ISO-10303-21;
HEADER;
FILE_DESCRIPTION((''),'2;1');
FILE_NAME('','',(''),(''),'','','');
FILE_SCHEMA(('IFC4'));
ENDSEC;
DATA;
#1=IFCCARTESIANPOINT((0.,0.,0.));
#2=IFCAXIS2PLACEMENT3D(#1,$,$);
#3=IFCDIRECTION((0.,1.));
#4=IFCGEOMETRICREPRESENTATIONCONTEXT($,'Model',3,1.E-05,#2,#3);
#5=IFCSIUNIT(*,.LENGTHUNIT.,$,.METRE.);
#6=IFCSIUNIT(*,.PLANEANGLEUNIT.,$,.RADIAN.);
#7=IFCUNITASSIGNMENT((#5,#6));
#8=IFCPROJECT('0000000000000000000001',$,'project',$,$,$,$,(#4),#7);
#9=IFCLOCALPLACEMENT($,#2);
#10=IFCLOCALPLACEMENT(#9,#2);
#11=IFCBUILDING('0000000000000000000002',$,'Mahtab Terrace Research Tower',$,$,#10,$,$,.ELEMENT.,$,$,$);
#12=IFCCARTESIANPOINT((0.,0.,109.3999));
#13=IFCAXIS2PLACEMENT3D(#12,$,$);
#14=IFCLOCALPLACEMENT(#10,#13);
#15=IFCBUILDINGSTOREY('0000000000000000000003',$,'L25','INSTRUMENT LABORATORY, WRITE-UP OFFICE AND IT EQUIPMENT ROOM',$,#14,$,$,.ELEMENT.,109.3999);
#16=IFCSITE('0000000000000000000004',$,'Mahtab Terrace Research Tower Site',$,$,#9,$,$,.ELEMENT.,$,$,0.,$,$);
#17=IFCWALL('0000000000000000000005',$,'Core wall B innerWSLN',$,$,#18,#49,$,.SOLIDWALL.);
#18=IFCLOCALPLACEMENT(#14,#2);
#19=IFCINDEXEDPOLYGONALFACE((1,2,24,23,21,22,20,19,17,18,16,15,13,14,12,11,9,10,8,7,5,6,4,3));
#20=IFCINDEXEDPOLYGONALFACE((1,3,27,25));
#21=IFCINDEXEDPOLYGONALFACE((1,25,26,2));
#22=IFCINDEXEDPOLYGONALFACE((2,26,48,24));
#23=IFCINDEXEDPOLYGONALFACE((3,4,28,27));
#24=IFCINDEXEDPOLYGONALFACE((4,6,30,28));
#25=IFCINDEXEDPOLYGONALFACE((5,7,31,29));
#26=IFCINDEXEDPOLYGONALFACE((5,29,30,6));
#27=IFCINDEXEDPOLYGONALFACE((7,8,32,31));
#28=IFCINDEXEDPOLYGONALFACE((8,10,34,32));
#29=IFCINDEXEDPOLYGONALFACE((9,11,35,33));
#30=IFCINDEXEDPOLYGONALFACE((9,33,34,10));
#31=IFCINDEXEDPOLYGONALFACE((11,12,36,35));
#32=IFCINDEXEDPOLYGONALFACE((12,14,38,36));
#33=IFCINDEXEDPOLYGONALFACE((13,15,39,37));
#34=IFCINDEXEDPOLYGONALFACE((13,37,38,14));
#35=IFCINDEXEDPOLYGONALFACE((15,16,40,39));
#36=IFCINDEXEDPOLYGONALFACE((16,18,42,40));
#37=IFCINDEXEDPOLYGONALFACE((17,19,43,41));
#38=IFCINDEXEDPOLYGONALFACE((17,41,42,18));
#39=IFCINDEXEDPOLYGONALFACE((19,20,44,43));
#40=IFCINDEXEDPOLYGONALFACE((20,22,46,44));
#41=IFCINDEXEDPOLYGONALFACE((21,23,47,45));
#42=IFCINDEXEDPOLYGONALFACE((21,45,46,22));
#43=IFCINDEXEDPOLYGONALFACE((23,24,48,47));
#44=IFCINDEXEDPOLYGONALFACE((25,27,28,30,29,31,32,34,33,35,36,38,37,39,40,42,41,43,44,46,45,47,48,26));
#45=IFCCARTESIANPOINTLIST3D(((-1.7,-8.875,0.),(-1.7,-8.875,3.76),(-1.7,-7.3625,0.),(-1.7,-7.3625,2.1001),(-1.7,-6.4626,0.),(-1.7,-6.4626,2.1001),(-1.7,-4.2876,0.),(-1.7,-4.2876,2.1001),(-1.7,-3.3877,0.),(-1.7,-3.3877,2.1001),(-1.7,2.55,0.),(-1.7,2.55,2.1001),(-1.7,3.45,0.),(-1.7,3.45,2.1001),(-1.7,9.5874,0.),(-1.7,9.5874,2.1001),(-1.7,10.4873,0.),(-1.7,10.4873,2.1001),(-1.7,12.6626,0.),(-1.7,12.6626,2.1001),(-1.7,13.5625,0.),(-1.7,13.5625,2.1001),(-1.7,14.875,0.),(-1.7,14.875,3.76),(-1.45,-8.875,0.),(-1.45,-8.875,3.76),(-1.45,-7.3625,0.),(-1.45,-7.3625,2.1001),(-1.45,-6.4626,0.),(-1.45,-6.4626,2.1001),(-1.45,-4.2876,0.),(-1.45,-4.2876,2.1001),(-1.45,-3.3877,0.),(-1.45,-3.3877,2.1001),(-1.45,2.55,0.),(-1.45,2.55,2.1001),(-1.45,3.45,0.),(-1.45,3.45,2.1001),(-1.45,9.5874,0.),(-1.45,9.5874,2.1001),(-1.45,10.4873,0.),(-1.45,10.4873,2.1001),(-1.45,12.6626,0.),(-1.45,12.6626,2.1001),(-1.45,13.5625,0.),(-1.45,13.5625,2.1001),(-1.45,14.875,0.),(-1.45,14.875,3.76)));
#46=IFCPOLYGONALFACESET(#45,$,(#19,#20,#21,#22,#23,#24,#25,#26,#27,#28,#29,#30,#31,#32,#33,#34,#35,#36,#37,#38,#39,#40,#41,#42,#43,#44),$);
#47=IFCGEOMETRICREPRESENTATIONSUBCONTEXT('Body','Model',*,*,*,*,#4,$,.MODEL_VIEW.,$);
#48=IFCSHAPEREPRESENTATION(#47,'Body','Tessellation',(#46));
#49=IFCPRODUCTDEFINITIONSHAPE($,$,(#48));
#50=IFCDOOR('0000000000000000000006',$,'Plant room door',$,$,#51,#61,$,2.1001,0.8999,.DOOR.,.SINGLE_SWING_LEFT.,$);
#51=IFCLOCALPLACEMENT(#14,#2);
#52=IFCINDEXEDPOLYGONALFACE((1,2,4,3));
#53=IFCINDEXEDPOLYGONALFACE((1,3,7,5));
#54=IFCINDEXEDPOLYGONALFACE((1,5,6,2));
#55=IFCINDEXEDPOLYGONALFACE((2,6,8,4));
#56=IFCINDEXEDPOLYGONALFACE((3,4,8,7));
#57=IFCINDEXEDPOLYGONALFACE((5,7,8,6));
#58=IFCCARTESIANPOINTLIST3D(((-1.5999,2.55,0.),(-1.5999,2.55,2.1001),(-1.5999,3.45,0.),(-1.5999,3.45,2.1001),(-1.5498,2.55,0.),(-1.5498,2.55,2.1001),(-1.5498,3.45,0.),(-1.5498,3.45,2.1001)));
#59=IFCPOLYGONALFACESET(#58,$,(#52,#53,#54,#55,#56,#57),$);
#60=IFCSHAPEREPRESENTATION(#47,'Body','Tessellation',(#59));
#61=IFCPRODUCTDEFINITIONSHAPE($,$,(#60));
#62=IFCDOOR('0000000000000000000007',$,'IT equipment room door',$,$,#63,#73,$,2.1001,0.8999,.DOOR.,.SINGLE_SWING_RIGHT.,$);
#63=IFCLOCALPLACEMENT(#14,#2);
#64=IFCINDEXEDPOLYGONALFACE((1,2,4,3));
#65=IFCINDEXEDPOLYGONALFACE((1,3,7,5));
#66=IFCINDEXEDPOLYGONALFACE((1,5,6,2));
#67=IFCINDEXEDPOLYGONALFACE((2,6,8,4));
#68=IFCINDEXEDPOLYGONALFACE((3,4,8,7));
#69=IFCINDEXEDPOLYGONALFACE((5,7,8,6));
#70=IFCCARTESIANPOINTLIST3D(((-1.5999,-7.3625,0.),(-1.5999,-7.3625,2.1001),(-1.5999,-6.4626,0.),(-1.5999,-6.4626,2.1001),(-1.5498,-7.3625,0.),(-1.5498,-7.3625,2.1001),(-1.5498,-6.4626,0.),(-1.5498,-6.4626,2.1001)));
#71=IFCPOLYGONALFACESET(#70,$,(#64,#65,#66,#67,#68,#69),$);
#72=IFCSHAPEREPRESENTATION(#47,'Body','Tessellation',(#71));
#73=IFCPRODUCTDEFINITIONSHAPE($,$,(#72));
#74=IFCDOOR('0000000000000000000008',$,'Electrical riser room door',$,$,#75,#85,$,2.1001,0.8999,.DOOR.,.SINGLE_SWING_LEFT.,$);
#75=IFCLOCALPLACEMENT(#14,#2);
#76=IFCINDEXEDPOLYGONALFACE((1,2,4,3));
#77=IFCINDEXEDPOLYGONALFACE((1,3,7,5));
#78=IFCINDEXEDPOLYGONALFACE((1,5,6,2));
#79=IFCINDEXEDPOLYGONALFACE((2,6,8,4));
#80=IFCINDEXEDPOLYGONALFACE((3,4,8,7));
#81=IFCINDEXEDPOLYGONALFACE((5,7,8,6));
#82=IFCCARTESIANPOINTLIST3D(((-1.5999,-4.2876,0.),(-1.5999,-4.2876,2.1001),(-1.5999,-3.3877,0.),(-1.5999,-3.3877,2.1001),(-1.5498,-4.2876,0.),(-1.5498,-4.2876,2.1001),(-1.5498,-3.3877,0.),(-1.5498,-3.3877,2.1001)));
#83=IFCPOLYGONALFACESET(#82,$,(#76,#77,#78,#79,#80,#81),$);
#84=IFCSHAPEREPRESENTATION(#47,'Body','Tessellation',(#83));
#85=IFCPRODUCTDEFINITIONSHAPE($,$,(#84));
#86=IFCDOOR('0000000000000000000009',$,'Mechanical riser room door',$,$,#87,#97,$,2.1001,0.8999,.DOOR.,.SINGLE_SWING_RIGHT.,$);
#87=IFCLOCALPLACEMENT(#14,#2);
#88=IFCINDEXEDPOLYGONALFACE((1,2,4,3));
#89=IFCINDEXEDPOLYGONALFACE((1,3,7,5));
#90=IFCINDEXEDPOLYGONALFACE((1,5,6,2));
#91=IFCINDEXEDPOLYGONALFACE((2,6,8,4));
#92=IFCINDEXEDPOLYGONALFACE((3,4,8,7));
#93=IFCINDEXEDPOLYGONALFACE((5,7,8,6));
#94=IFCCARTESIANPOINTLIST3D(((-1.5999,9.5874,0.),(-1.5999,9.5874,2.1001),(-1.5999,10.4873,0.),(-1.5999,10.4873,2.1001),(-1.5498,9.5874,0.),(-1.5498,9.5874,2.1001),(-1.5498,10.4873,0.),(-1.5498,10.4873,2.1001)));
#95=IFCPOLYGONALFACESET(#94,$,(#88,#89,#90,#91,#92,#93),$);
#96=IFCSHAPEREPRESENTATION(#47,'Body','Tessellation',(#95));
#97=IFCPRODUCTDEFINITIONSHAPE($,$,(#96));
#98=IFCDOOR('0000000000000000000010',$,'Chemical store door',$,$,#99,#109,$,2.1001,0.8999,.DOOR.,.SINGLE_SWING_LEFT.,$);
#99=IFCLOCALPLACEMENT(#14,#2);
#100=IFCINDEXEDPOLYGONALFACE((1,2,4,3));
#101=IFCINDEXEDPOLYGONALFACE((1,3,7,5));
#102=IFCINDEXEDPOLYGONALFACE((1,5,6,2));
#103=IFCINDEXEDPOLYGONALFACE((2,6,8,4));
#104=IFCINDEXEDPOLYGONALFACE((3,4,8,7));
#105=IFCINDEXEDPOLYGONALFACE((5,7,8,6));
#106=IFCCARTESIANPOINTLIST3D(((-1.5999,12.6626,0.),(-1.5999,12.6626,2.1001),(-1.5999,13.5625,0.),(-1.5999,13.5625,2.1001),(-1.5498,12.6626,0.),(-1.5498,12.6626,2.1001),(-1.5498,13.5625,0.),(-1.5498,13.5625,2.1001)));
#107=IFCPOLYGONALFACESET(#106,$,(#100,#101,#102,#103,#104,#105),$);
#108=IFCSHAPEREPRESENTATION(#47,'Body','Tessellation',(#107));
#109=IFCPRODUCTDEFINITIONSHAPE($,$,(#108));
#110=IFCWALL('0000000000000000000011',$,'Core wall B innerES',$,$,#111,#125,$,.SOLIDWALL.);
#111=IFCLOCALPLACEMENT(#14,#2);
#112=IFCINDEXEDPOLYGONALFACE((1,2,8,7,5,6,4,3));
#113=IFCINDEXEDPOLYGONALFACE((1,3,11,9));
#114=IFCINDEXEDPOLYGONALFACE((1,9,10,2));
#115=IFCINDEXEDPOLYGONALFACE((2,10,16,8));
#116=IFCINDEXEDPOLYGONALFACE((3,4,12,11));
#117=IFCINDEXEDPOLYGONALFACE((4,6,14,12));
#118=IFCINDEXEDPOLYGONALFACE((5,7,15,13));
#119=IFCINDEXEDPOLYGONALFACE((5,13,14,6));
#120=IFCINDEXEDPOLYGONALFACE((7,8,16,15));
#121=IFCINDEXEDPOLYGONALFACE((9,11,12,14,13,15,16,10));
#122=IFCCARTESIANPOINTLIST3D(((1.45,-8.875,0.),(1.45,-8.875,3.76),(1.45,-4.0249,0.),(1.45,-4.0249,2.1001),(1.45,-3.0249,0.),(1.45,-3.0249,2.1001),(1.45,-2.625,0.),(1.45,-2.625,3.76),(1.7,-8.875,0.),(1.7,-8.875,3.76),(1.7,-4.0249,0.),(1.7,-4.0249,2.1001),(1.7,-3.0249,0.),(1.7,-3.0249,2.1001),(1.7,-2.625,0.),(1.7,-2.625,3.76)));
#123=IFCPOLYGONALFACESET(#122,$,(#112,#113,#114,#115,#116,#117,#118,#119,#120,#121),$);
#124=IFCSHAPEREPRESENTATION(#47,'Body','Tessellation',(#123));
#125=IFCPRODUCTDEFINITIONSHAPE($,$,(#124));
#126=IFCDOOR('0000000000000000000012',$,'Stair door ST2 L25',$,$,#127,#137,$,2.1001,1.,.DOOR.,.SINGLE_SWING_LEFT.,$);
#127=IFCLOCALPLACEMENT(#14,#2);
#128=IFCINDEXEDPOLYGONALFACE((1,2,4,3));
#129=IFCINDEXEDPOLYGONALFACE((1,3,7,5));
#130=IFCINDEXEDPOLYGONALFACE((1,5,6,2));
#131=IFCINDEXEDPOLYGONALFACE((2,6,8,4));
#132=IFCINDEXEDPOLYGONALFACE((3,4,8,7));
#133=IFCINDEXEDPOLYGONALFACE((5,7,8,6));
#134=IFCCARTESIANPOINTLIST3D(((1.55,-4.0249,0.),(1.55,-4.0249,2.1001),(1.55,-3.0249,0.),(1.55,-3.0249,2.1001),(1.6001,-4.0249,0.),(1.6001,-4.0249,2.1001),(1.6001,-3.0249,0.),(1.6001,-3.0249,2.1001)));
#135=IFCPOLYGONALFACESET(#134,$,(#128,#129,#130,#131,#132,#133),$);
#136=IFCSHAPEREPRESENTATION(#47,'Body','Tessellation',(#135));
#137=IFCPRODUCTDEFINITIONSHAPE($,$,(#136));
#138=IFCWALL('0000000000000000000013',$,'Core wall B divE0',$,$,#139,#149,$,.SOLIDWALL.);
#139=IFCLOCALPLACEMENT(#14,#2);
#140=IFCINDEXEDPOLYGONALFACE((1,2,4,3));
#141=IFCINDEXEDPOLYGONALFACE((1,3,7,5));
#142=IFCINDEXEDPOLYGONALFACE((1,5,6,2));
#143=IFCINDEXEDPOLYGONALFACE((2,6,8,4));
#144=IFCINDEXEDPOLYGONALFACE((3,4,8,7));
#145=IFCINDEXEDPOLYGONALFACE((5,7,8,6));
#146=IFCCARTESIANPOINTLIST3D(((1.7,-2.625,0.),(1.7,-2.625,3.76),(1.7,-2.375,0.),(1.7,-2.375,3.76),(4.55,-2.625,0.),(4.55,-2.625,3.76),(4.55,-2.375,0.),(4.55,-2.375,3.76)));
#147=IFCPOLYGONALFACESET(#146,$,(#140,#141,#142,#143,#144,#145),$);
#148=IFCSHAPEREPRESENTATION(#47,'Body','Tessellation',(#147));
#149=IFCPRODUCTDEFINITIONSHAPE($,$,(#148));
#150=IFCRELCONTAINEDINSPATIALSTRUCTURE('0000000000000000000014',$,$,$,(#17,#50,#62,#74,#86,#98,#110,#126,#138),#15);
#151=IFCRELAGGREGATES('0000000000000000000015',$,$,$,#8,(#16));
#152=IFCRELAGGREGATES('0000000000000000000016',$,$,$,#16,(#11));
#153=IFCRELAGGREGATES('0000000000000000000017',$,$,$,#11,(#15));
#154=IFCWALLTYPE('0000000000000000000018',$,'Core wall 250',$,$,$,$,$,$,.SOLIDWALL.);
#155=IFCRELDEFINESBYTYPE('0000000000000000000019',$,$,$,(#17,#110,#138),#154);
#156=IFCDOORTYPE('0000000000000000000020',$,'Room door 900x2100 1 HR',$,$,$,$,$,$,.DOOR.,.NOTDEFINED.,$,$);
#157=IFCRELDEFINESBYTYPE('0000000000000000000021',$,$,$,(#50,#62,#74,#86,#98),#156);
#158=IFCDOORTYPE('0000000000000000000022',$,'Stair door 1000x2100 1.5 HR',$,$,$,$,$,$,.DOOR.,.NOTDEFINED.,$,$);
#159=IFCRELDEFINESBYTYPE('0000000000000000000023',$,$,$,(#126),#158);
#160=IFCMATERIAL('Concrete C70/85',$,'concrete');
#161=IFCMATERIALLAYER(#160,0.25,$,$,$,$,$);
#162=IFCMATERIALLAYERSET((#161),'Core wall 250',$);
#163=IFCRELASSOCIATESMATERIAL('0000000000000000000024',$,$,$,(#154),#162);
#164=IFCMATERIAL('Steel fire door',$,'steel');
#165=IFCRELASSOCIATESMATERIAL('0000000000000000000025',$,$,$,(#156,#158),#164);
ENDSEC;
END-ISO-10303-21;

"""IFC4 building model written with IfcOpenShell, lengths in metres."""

from ifc_helpers import new_model, si_unit, direction, frame, frame_2d, origin, place, context, subcontext, project, spatial, rectangle, extrude, material, layer, layer_set, type_object, element, fill, save


model = new_model("IFC4")

# Units and contexts
model_context = context("Model", 3, precision=1e-05, world=origin(), true_north=direction((0.0, 1.0)))
body_context = subcontext(model_context, "Body", "Model", "MODEL_VIEW")
ifc_project = project(units=[si_unit("LENGTHUNIT", "METRE"), si_unit("PLANEANGLEUNIT", "RADIAN")], contexts=[model_context])

# Site, building, storey
site_placement = place(None, origin())
site = spatial("IfcSite", under=ifc_project, at=site_placement, Name="Mahtab Terrace Research Tower Site", CompositionType="ELEMENT", RefElevation=0.0)
building_placement = place(site_placement, origin())
building = spatial("IfcBuilding", under=site, at=building_placement, Name="Mahtab Terrace Research Tower", CompositionType="ELEMENT")
storey_placement = place(building_placement, frame((0.0, 0.0, 109.3999)))
storey = spatial("IfcBuildingStorey", under=building, at=storey_placement, Name="L25", Description="INSTRUMENT LABORATORY, WRITE-UP OFFICE AND IT EQUIPMENT ROOM", CompositionType="ELEMENT", Elevation=109.3999)

# Wall, openings, doors
ifc_material_1 = material(Name="Concrete C70/85", Category="concrete")
ifc_layer_1 = layer(ifc_material_1, 0.25)
ifc_layer_set_1 = layer_set([ifc_layer_1], Name="Core wall 250")
wall_type = type_object("IfcWallType", Name="Core wall 250", PredefinedType="SOLIDWALL", material=ifc_layer_set_1)
wall_1_placement = place(storey_placement, frame((-1.575, -8.875, 0.0), z_axis=(0.0, 0.0, 1.0), x_axis=(0.0, 1.0, 0.0)))
wall_1 = element("IfcWall", 1, at=wall_1_placement, inside=storey, type_object=wall_type, Name="Core wall B innerWSLN", PredefinedType="SOLIDWALL", context=body_context, shape_type="SweptSolid", body=[
    extrude(rectangle(XDim=23.75, YDim=0.25, at=frame_2d((11.875, 0.0))), origin(), (0.0, 0.0, 1.0), 3.76),
])
opening_1_placement = place(wall_1_placement, frame((11.425, 0.0, 0.0)))
opening_1 = element("IfcOpeningElement", 2, at=opening_1_placement, cuts=wall_1, PredefinedType="OPENING", context=body_context, shape_type="SweptSolid", body=[
    extrude(rectangle(XDim=0.8999, YDim=2.1001, at=frame_2d((0.45, 1.05))), frame((0.0, 0.135, 0.0), z_axis=(0.0, -1.0, 0.0), x_axis=(1.0, 0.0, 0.0)), (0.0, 0.0, 1.0), 0.27),
])
opening_2_placement = place(wall_1_placement, frame((1.5125, 0.0, 0.0)))
opening_2 = element("IfcOpeningElement", 3, at=opening_2_placement, cuts=wall_1, PredefinedType="OPENING", context=body_context, shape_type="SweptSolid", body=[
    extrude(rectangle(XDim=0.8999, YDim=2.1001, at=frame_2d((0.45, 1.05))), frame((0.0, 0.135, 0.0), z_axis=(0.0, -1.0, 0.0), x_axis=(1.0, 0.0, 0.0)), (0.0, 0.0, 1.0), 0.27),
])
opening_3_placement = place(wall_1_placement, frame((4.5874, 0.0, 0.0)))
opening_3 = element("IfcOpeningElement", 4, at=opening_3_placement, cuts=wall_1, PredefinedType="OPENING", context=body_context, shape_type="SweptSolid", body=[
    extrude(rectangle(XDim=0.8999, YDim=2.1001, at=frame_2d((0.45, 1.05))), frame((0.0, 0.135, 0.0), z_axis=(0.0, -1.0, 0.0), x_axis=(1.0, 0.0, 0.0)), (0.0, 0.0, 1.0), 0.27),
])
opening_4_placement = place(wall_1_placement, frame((18.4624, 0.0, 0.0)))
opening_4 = element("IfcOpeningElement", 5, at=opening_4_placement, cuts=wall_1, PredefinedType="OPENING", context=body_context, shape_type="SweptSolid", body=[
    extrude(rectangle(XDim=0.8999, YDim=2.1001, at=frame_2d((0.45, 1.05))), frame((0.0, 0.135, 0.0), z_axis=(0.0, -1.0, 0.0), x_axis=(1.0, 0.0, 0.0)), (0.0, 0.0, 1.0), 0.27),
])
opening_5_placement = place(wall_1_placement, frame((21.5376, 0.0, 0.0)))
opening_5 = element("IfcOpeningElement", 6, at=opening_5_placement, cuts=wall_1, PredefinedType="OPENING", context=body_context, shape_type="SweptSolid", body=[
    extrude(rectangle(XDim=0.8999, YDim=2.1001, at=frame_2d((0.45, 1.05))), frame((0.0, 0.135, 0.0), z_axis=(0.0, -1.0, 0.0), x_axis=(1.0, 0.0, 0.0)), (0.0, 0.0, 1.0), 0.27),
])
ifc_material_2 = material(Name="Steel fire door", Category="steel")
door_type_1 = type_object("IfcDoorType", Name="Room door 900x2100 1 HR", OperationType="NOTDEFINED", PredefinedType="DOOR", material=ifc_material_2)
door_1_placement = place(opening_1_placement, origin())
door_1 = element("IfcDoor", 7, at=door_1_placement, inside=storey, type_object=door_type_1, Name="Plant room door", OperationType="SINGLE_SWING_LEFT", OverallHeight=2.1001, OverallWidth=0.8999, PredefinedType="DOOR", context=body_context, shape_type="SweptSolid", body=[
    extrude(rectangle(XDim=0.8999, YDim=2.1001, at=frame_2d((0.45, 1.05))), frame((0.0, 0.0249, 0.0), z_axis=(0.0, -1.0, 0.0), x_axis=(1.0, 0.0, 0.0)), (0.0, 0.0, 1.0), 0.05),
])
fill(opening_1, door_1)
door_2_placement = place(opening_2_placement, origin())
door_2 = element("IfcDoor", 8, at=door_2_placement, inside=storey, type_object=door_type_1, Name="IT equipment room door", OperationType="SINGLE_SWING_RIGHT", OverallHeight=2.1001, OverallWidth=0.8999, PredefinedType="DOOR", context=body_context, shape_type="SweptSolid", body=[
    extrude(rectangle(XDim=0.8999, YDim=2.1001, at=frame_2d((0.45, 1.05))), frame((0.0, 0.0249, 0.0), z_axis=(0.0, -1.0, 0.0), x_axis=(1.0, 0.0, 0.0)), (0.0, 0.0, 1.0), 0.05),
])
fill(opening_2, door_2)
door_3_placement = place(opening_3_placement, origin())
door_3 = element("IfcDoor", 9, at=door_3_placement, inside=storey, type_object=door_type_1, Name="Electrical riser room door", OperationType="SINGLE_SWING_LEFT", OverallHeight=2.1001, OverallWidth=0.8999, PredefinedType="DOOR", context=body_context, shape_type="SweptSolid", body=[
    extrude(rectangle(XDim=0.8999, YDim=2.1001, at=frame_2d((0.45, 1.05))), frame((0.0, 0.0249, 0.0), z_axis=(0.0, -1.0, 0.0), x_axis=(1.0, 0.0, 0.0)), (0.0, 0.0, 1.0), 0.05),
])
fill(opening_3, door_3)
door_4_placement = place(opening_4_placement, origin())
door_4 = element("IfcDoor", 10, at=door_4_placement, inside=storey, type_object=door_type_1, Name="Mechanical riser room door", OperationType="SINGLE_SWING_RIGHT", OverallHeight=2.1001, OverallWidth=0.8999, PredefinedType="DOOR", context=body_context, shape_type="SweptSolid", body=[
    extrude(rectangle(XDim=0.8999, YDim=2.1001, at=frame_2d((0.45, 1.05))), frame((0.0, 0.0249, 0.0), z_axis=(0.0, -1.0, 0.0), x_axis=(1.0, 0.0, 0.0)), (0.0, 0.0, 1.0), 0.05),
])
fill(opening_4, door_4)
door_5_placement = place(opening_5_placement, origin())
door_5 = element("IfcDoor", 11, at=door_5_placement, inside=storey, type_object=door_type_1, Name="Chemical store door", OperationType="SINGLE_SWING_LEFT", OverallHeight=2.1001, OverallWidth=0.8999, PredefinedType="DOOR", context=body_context, shape_type="SweptSolid", body=[
    extrude(rectangle(XDim=0.8999, YDim=2.1001, at=frame_2d((0.45, 1.05))), frame((0.0, 0.0249, 0.0), z_axis=(0.0, -1.0, 0.0), x_axis=(1.0, 0.0, 0.0)), (0.0, 0.0, 1.0), 0.05),
])
fill(opening_5, door_5)

# Wall, opening, door
wall_2_placement = place(storey_placement, frame((1.575, -8.875, 0.0), z_axis=(0.0, 0.0, 1.0), x_axis=(0.0, 1.0, 0.0)))
wall_2 = element("IfcWall", 12, at=wall_2_placement, inside=storey, type_object=wall_type, Name="Core wall B innerES", PredefinedType="SOLIDWALL", context=body_context, shape_type="SweptSolid", body=[
    extrude(rectangle(XDim=6.25, YDim=0.25, at=frame_2d((3.125, 0.0))), origin(), (0.0, 0.0, 1.0), 3.76),
])
opening_6_placement = place(wall_2_placement, frame((4.8501, 0.0, 0.0)))
opening_6 = element("IfcOpeningElement", 13, at=opening_6_placement, cuts=wall_2, PredefinedType="OPENING", context=body_context, shape_type="SweptSolid", body=[
    extrude(rectangle(XDim=1.0, YDim=2.1001, at=frame_2d((0.5, 1.05))), frame((0.0, 0.135, 0.0), z_axis=(0.0, -1.0, 0.0), x_axis=(1.0, 0.0, 0.0)), (0.0, 0.0, 1.0), 0.27),
])
door_type_2 = type_object("IfcDoorType", Name="Stair door 1000x2100 1.5 HR", OperationType="NOTDEFINED", PredefinedType="DOOR", material=ifc_material_2)
door_6_placement = place(opening_6_placement, origin())
door_6 = element("IfcDoor", 14, at=door_6_placement, inside=storey, type_object=door_type_2, Name="Stair door ST2 L25", OperationType="SINGLE_SWING_LEFT", OverallHeight=2.1001, OverallWidth=1.0, PredefinedType="DOOR", context=body_context, shape_type="SweptSolid", body=[
    extrude(rectangle(XDim=1.0, YDim=2.1001, at=frame_2d((0.5, 1.05))), frame((0.0, 0.0249, 0.0), z_axis=(0.0, -1.0, 0.0), x_axis=(1.0, 0.0, 0.0)), (0.0, 0.0, 1.0), 0.05),
])
fill(opening_6, door_6)

# Wall
wall_3_placement = place(storey_placement, frame((1.7, -2.5, 0.0), z_axis=(0.0, 0.0, 1.0), x_axis=(1.0, 0.0, 0.0)))
element("IfcWall", 15, at=wall_3_placement, inside=storey, type_object=wall_type, Name="Core wall B divE0", PredefinedType="SOLIDWALL", context=body_context, shape_type="SweptSolid", body=[
    extrude(rectangle(XDim=2.8501, YDim=0.25, at=frame_2d((1.425, 0.0))), origin(), (0.0, 0.0, 1.0), 3.76),
])

save(model, "model.ifc")
